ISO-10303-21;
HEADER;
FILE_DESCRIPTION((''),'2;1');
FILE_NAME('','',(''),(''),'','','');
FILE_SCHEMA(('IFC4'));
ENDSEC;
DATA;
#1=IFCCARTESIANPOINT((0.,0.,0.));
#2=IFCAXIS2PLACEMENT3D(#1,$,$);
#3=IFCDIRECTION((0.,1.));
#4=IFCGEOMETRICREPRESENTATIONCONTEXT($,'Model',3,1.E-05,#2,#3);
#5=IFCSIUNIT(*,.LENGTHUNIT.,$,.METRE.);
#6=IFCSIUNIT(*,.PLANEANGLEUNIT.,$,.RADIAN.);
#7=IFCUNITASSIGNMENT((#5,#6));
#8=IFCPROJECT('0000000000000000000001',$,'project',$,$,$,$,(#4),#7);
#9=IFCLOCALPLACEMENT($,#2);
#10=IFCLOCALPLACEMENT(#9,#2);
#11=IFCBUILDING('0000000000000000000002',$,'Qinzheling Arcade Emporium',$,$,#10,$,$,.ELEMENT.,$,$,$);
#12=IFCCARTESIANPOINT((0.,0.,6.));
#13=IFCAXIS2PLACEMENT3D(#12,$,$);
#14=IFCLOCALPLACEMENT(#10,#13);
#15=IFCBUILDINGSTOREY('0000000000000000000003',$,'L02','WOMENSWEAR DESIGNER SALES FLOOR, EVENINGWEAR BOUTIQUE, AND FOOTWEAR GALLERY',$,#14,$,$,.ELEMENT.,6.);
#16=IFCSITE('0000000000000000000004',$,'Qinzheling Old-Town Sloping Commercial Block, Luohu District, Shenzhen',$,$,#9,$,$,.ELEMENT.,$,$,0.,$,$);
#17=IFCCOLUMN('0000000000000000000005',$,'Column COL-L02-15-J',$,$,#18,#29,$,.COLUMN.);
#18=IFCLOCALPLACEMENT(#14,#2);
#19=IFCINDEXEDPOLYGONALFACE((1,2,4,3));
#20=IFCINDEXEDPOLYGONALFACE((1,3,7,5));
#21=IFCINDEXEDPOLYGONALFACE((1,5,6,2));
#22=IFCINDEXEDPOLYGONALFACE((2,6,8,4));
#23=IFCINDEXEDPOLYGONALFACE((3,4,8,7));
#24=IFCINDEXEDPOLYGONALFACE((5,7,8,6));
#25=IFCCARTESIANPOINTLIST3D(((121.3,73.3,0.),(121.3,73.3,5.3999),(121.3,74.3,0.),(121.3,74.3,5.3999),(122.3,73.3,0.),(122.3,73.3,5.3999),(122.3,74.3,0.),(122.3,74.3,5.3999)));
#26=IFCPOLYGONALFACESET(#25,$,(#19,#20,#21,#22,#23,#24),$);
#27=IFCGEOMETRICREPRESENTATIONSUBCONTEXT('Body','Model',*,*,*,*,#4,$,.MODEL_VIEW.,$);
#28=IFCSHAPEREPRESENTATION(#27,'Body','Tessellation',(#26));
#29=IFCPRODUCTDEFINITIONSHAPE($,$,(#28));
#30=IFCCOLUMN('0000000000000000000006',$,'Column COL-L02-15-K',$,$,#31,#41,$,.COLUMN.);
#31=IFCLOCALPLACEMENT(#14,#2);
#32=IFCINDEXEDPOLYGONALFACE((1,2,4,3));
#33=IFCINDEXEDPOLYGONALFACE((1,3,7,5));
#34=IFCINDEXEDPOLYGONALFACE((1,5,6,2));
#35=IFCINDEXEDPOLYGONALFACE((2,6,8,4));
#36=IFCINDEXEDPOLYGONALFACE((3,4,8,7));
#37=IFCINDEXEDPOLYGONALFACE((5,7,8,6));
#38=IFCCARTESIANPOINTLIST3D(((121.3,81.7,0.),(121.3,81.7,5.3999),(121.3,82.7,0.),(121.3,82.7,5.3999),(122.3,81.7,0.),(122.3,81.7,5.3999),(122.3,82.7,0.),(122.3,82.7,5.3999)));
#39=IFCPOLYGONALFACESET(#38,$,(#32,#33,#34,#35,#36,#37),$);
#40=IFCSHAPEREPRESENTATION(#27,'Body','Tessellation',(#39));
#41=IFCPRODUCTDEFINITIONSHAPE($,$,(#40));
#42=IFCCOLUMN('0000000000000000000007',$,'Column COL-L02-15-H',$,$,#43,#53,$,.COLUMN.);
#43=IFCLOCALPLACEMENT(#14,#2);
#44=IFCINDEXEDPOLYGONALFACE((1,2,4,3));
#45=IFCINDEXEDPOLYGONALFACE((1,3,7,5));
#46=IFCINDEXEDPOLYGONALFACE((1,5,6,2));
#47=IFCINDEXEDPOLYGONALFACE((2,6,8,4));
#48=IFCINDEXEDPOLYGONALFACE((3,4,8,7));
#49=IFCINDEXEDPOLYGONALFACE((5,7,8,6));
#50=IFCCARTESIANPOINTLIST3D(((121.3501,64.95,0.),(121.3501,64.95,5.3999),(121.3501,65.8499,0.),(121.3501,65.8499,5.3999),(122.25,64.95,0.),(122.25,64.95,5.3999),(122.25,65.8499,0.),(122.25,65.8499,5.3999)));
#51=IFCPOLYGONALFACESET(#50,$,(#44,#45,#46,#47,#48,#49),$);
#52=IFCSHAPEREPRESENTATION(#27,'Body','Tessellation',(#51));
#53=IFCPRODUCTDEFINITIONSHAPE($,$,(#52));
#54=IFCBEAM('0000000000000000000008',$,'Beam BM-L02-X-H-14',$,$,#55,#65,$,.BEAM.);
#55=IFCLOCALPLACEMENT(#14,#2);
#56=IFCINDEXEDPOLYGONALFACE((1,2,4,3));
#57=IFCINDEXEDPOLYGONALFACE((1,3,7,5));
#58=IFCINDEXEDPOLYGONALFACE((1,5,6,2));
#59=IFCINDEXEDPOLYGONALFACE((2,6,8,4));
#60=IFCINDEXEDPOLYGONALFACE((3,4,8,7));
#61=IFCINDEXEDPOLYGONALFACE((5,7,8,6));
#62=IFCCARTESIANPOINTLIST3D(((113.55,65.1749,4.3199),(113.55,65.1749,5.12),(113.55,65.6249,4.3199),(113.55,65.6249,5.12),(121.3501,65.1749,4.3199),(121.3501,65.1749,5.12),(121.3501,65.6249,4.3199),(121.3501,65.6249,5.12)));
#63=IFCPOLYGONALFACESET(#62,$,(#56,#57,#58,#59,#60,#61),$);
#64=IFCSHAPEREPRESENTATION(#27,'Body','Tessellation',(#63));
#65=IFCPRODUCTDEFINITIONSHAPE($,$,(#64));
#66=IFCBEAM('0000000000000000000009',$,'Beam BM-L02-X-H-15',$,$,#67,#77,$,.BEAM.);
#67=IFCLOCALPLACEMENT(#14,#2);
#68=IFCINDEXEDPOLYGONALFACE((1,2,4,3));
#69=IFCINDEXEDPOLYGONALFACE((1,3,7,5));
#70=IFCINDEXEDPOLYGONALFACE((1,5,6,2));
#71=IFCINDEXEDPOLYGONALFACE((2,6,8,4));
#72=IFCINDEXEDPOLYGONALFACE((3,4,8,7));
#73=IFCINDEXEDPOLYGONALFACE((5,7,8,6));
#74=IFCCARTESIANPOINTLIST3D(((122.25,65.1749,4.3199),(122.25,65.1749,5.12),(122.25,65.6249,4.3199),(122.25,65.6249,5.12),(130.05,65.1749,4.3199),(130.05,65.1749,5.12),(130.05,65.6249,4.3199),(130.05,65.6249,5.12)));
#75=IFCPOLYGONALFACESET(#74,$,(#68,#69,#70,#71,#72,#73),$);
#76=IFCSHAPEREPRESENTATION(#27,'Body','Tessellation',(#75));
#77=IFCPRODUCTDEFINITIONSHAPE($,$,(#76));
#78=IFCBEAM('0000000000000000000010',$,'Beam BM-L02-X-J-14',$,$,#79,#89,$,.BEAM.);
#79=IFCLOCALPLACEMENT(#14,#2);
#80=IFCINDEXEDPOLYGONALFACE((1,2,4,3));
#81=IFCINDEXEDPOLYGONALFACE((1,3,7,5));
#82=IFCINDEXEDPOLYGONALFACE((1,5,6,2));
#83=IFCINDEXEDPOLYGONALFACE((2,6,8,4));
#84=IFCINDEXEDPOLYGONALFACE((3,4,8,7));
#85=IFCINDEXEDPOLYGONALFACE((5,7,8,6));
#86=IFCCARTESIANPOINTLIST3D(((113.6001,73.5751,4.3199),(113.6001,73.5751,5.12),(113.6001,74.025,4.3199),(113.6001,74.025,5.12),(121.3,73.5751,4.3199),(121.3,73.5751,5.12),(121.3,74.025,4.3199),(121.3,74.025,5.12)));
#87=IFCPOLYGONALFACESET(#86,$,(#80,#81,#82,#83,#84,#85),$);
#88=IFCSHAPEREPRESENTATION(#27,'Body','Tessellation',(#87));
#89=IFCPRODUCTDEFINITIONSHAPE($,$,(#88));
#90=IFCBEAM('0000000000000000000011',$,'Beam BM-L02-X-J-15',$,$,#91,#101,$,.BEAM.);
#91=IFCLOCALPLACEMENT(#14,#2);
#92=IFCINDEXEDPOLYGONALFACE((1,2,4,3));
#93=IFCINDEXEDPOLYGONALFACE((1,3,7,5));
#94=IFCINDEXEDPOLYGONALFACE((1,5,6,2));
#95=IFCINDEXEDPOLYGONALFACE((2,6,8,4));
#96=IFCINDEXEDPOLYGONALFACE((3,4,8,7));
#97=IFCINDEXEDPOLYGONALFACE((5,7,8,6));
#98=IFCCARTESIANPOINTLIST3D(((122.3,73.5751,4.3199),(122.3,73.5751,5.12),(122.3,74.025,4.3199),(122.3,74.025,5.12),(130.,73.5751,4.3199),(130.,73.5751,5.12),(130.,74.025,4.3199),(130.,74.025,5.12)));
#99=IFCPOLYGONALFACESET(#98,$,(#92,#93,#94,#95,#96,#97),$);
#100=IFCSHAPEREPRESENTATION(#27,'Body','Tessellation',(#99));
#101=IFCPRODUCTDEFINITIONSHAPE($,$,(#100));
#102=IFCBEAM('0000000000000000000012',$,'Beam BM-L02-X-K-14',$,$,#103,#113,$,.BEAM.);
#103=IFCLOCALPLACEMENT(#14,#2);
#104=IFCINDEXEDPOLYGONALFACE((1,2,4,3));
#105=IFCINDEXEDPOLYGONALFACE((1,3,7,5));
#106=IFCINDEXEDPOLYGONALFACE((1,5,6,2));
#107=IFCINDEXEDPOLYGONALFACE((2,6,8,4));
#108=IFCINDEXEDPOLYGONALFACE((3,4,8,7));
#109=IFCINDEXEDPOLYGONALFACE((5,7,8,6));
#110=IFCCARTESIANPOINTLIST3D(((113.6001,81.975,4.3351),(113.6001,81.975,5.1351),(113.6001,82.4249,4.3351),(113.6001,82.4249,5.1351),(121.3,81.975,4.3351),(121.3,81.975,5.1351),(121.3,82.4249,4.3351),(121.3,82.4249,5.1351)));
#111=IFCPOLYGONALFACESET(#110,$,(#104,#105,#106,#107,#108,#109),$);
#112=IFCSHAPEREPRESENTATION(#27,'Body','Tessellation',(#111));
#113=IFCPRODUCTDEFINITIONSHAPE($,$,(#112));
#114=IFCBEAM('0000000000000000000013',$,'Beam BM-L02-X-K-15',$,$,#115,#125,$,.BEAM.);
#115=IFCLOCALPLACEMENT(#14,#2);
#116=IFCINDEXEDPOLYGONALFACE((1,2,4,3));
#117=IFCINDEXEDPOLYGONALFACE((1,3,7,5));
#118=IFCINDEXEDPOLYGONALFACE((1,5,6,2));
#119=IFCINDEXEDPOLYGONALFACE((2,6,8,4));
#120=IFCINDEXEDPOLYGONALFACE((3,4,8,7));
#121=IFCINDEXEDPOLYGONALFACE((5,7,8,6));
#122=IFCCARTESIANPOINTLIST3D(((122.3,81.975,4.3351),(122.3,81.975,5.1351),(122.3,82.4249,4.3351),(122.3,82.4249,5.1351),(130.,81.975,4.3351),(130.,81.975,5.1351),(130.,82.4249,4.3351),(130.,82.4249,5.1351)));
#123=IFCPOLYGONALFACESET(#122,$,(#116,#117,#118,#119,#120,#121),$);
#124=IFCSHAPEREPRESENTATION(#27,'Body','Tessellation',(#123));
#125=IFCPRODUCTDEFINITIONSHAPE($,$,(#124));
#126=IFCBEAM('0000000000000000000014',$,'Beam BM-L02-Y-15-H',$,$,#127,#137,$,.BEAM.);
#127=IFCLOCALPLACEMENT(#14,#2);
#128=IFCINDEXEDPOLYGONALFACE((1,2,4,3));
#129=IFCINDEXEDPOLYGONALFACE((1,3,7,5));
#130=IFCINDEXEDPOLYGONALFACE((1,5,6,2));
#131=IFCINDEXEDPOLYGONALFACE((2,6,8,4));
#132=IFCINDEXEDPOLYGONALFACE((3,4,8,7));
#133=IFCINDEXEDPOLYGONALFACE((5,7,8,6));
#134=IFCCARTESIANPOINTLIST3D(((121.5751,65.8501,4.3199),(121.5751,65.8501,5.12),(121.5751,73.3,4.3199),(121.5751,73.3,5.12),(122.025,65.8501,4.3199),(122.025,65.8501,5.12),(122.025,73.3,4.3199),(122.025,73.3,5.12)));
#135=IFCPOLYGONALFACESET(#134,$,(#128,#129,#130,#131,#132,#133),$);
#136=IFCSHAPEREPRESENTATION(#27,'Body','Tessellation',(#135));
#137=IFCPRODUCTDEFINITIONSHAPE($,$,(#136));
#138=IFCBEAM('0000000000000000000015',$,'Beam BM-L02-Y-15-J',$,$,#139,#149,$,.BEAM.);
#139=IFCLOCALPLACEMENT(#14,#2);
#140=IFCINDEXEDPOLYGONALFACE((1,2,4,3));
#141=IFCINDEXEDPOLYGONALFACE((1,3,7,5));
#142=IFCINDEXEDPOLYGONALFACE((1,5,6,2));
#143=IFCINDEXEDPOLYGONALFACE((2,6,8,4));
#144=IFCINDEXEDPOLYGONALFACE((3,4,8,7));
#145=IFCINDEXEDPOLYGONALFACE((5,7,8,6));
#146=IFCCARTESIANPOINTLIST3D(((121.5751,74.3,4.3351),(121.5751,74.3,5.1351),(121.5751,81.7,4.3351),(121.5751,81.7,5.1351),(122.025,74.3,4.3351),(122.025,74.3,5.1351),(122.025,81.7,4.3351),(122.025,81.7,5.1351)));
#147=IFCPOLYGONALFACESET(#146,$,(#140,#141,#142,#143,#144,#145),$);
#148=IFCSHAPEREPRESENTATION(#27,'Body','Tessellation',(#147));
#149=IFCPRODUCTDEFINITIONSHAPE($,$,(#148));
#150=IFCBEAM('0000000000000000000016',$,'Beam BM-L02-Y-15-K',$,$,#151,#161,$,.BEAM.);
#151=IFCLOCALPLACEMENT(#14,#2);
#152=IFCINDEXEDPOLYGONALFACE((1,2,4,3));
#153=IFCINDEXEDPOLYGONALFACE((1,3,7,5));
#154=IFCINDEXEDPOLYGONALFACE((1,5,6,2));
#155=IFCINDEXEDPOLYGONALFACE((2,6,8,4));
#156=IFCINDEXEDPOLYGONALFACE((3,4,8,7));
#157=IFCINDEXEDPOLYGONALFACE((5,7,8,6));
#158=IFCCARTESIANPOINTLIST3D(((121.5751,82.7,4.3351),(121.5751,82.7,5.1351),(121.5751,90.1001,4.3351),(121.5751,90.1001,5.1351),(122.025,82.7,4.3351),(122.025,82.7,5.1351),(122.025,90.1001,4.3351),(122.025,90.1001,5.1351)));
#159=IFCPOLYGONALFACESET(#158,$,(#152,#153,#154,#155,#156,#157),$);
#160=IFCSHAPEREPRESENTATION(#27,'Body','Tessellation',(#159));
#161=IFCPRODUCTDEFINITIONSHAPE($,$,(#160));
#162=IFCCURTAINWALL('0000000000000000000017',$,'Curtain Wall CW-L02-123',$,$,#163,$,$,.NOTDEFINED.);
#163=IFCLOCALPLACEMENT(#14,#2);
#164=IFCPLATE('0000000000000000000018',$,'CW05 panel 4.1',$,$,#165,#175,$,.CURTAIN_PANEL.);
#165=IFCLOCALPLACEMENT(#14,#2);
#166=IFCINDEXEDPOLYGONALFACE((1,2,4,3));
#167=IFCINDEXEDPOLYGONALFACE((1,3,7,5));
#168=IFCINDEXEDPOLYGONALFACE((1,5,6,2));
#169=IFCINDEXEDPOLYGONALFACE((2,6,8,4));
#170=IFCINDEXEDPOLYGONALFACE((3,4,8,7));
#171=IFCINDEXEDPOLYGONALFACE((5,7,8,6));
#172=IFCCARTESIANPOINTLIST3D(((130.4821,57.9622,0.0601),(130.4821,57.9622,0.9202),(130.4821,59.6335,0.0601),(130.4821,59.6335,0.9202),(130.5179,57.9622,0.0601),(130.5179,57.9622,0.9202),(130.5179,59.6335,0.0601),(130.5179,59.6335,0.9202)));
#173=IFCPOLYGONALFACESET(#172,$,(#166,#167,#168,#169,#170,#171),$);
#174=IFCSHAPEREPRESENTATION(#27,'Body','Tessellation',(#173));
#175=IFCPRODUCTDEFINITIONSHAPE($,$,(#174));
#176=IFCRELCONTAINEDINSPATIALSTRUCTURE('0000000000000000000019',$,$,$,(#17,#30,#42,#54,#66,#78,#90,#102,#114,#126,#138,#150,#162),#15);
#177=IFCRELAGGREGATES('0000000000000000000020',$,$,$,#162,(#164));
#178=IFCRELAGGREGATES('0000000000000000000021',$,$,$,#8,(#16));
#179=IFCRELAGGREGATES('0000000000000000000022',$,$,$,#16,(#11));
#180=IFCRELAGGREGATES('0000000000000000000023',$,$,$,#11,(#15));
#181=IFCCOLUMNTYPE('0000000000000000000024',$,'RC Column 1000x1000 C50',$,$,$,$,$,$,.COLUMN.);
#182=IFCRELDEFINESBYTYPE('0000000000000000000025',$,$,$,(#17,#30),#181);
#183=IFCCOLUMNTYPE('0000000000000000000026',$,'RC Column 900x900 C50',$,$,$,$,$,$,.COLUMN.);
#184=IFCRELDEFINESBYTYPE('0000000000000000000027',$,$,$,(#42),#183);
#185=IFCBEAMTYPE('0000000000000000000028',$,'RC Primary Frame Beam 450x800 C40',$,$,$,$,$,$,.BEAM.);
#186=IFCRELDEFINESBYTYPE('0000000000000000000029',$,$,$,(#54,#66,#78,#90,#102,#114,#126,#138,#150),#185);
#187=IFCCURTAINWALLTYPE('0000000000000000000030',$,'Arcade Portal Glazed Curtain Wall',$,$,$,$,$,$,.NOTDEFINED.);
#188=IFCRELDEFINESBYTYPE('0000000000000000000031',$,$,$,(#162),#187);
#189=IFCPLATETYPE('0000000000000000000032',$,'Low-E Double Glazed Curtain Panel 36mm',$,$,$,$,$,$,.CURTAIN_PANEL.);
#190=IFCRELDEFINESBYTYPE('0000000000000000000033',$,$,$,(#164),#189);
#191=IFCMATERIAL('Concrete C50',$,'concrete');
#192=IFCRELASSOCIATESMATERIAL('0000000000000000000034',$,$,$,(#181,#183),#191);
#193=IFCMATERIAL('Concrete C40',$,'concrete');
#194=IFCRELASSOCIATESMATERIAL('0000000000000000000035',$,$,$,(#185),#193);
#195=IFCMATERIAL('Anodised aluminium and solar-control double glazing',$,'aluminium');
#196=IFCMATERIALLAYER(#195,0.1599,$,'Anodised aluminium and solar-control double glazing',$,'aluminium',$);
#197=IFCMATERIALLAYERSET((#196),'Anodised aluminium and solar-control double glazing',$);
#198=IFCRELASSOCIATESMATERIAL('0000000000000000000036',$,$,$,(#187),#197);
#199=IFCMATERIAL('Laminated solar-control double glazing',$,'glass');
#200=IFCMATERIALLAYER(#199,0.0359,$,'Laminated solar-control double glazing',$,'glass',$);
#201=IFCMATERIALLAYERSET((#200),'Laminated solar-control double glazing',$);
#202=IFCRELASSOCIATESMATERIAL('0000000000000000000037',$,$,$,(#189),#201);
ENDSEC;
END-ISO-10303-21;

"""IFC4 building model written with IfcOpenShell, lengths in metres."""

from ifc_helpers import new_model, si_unit, direction, frame, origin, origin_2d, place, context, subcontext, project, spatial, rectangle, extrude, material, layer, layer_set, material_profile, profile_set, type_object, element, aggregate, save


model = new_model("IFC4")

# Units and contexts
model_context = context("Model", 3, precision=1e-05, world=origin(), true_north=direction((0.0, 1.0)))
body_context = subcontext(model_context, "Body", "Model", "MODEL_VIEW")
ifc_project = project(units=[si_unit("LENGTHUNIT", "METRE"), si_unit("PLANEANGLEUNIT", "RADIAN")], contexts=[model_context])

# Site, building, storey
site_placement = place(None, origin())
site = spatial("IfcSite", under=ifc_project, at=site_placement, Name="Qinzheling Old-Town Sloping Commercial Block, Luohu District, Shenzhen", CompositionType="ELEMENT", RefElevation=0.0)
building_placement = place(site_placement, origin())
building = spatial("IfcBuilding", under=site, at=building_placement, Name="Qinzheling Arcade Emporium", CompositionType="ELEMENT")
storey_placement = place(building_placement, frame((0.0, 0.0, 6.0)))
storey = spatial("IfcBuildingStorey", under=building, at=storey_placement, Name="L02", Description="WOMENSWEAR DESIGNER SALES FLOOR, EVENINGWEAR BOUTIQUE, AND FOOTWEAR GALLERY", CompositionType="ELEMENT", Elevation=6.0)

# Columns
ifc_material_1 = material(Name="Concrete C50", Category="concrete")
ifc_material_profile_1 = material_profile(ifc_material_1, rectangle(XDim=1.0, YDim=1.0, at=origin_2d()), Name="RC 1000x1000", Category="concrete")
ifc_profile_set_1 = profile_set([ifc_material_profile_1], Name="Concrete C50")
column_type_1 = type_object("IfcColumnType", Name="RC Column 1000x1000 C50", PredefinedType="COLUMN", material=ifc_profile_set_1)
for number, where, z_axis, x_axis, name in (
    (1, (121.8, 73.8, 0.0), (0.0, 0.0, 1.0), (1.0, 0.0, 0.0), "Column COL-L02-15-J"),
    (2, (121.8, 82.2, 0.0), (0.0, 0.0, 1.0), (1.0, 0.0, 0.0), "Column COL-L02-15-K"),
):
    element("IfcColumn", number, at=place(storey_placement, frame(where, z_axis=z_axis, x_axis=x_axis)), inside=storey, type_object=column_type_1, Name=name, PredefinedType="COLUMN", context=body_context, shape_type="SweptSolid", body=[
        extrude(rectangle(XDim=1.0, YDim=1.0, at=origin_2d()), origin(), (0.0, 0.0, 1.0), 5.3999),
    ])
ifc_material_profile_2 = material_profile(ifc_material_1, rectangle(XDim=0.8999, YDim=0.8999, at=origin_2d()), Name="RC 900x900", Category="concrete")
ifc_profile_set_2 = profile_set([ifc_material_profile_2], Name="Concrete C50")
column_type_2 = type_object("IfcColumnType", Name="RC Column 900x900 C50", PredefinedType="COLUMN", material=ifc_profile_set_2)
column_placement = place(storey_placement, frame((121.8, 65.3999, 0.0), z_axis=(0.0, 0.0, 1.0), x_axis=(1.0, 0.0, 0.0)))
element("IfcColumn", 3, at=column_placement, inside=storey, type_object=column_type_2, Name="Column COL-L02-15-H", PredefinedType="COLUMN", context=body_context, shape_type="SweptSolid", body=[
    extrude(rectangle(XDim=0.8999, YDim=0.8999, at=origin_2d()), origin(), (0.0, 0.0, 1.0), 5.3999),
])

# Beams
ifc_material_2 = material(Name="Concrete C40", Category="concrete")
ifc_material_profile_3 = material_profile(ifc_material_2, rectangle(XDim=0.45, YDim=0.8, at=origin_2d()), Name="RC 450x800", Category="concrete")
ifc_profile_set_3 = profile_set([ifc_material_profile_3], Name="Concrete C40")
beam_type = type_object("IfcBeamType", Name="RC Primary Frame Beam 450x800 C40", PredefinedType="BEAM", material=ifc_profile_set_3)
for number, where, z_axis, x_axis, name in (
    (4, (113.55, 65.3999, 4.72), (1.0, 0.0, 0.0), (0.0, 1.0, 0.0), "Beam BM-L02-X-H-14"),
    (5, (122.25, 65.3999, 4.72), (1.0, 0.0, 0.0), (0.0, 1.0, 0.0), "Beam BM-L02-X-H-15"),
):
    element("IfcBeam", number, at=place(storey_placement, frame(where, z_axis=z_axis, x_axis=x_axis)), inside=storey, type_object=beam_type, Name=name, PredefinedType="BEAM", context=body_context, shape_type="SweptSolid", body=[
        extrude(rectangle(XDim=0.45, YDim=0.8, at=origin_2d()), origin(), (0.0, 0.0, 1.0), 7.8),
    ])
for number, where, z_axis, x_axis, name in (
    (6, (113.6001, 73.8, 4.72), (1.0, 0.0, 0.0), (0.0, 1.0, 0.0), "Beam BM-L02-X-J-14"),
    (7, (122.3, 73.8, 4.72), (1.0, 0.0, 0.0), (0.0, 1.0, 0.0), "Beam BM-L02-X-J-15"),
    (8, (113.6001, 82.2, 4.7351), (1.0, 0.0, 0.0), (0.0, 1.0, 0.0), "Beam BM-L02-X-K-14"),
    (9, (122.3, 82.2, 4.7351), (1.0, 0.0, 0.0), (0.0, 1.0, 0.0), "Beam BM-L02-X-K-15"),
):
    element("IfcBeam", number, at=place(storey_placement, frame(where, z_axis=z_axis, x_axis=x_axis)), inside=storey, type_object=beam_type, Name=name, PredefinedType="BEAM", context=body_context, shape_type="SweptSolid", body=[
        extrude(rectangle(XDim=0.45, YDim=0.8, at=origin_2d()), origin(), (0.0, 0.0, 1.0), 7.7),
    ])
beam_1_placement = place(storey_placement, frame((121.8, 65.8501, 4.72), z_axis=(0.0, 1.0, 0.0), x_axis=(-1.0, 0.0, 0.0)))
element("IfcBeam", 10, at=beam_1_placement, inside=storey, type_object=beam_type, Name="Beam BM-L02-Y-15-H", PredefinedType="BEAM", context=body_context, shape_type="SweptSolid", body=[
    extrude(rectangle(XDim=0.45, YDim=0.8, at=origin_2d()), origin(), (0.0, 0.0, 1.0), 7.45),
])
beam_2_placement = place(storey_placement, frame((121.8, 74.3, 4.7351), z_axis=(0.0, 1.0, 0.0), x_axis=(-1.0, 0.0, 0.0)))
element("IfcBeam", 11, at=beam_2_placement, inside=storey, type_object=beam_type, Name="Beam BM-L02-Y-15-J", PredefinedType="BEAM", context=body_context, shape_type="SweptSolid", body=[
    extrude(rectangle(XDim=0.45, YDim=0.8, at=origin_2d()), origin(), (0.0, 0.0, 1.0), 7.3999),
])
beam_3_placement = place(storey_placement, frame((121.8, 82.7, 4.7351), z_axis=(0.0, 1.0, 0.0), x_axis=(-1.0, 0.0, 0.0)))
element("IfcBeam", 12, at=beam_3_placement, inside=storey, type_object=beam_type, Name="Beam BM-L02-Y-15-K", PredefinedType="BEAM", context=body_context, shape_type="SweptSolid", body=[
    extrude(rectangle(XDim=0.45, YDim=0.8, at=origin_2d()), origin(), (0.0, 0.0, 1.0), 7.4001),
])

# Curtain wall, plate
ifc_material_3 = material(Name="Anodised aluminium and solar-control double glazing", Category="aluminium")
ifc_layer_1 = layer(ifc_material_3, 0.1599, Name="Anodised aluminium and solar-control double glazing", Category="aluminium")
ifc_layer_set_1 = layer_set([ifc_layer_1], Name="Anodised aluminium and solar-control double glazing")
curtain_wall_type = type_object("IfcCurtainWallType", Name="Arcade Portal Glazed Curtain Wall", PredefinedType="NOTDEFINED", material=ifc_layer_set_1)
curtain_wall_placement = place(storey_placement, origin())
curtain_wall = element("IfcCurtainWall", 13, at=curtain_wall_placement, inside=storey, type_object=curtain_wall_type, Name="Curtain Wall CW-L02-123", PredefinedType="NOTDEFINED")
ifc_material_4 = material(Name="Laminated solar-control double glazing", Category="glass")
ifc_layer_2 = layer(ifc_material_4, 0.0359, Name="Laminated solar-control double glazing", Category="glass")
ifc_layer_set_2 = layer_set([ifc_layer_2], Name="Laminated solar-control double glazing")
plate_type = type_object("IfcPlateType", Name="Low-E Double Glazed Curtain Panel 36mm", PredefinedType="CURTAIN_PANEL", material=ifc_layer_set_2)
plate_placement = place(storey_placement, frame((130.5, 58.7979, 0.0601), z_axis=(0.0, 0.0, 1.0), x_axis=(0.0, -1.0, 0.0)))
plate = element("IfcPlate", 14, at=plate_placement, type_object=plate_type, Name="CW05 panel 4.1", PredefinedType="CURTAIN_PANEL", context=body_context, shape_type="SweptSolid", body=[
    extrude(rectangle(XDim=1.6714, YDim=0.0359, at=origin_2d()), origin(), (0.0, 0.0, 1.0), 0.8601),
])
aggregate(curtain_wall, [plate])

save(model, "model.ifc")
